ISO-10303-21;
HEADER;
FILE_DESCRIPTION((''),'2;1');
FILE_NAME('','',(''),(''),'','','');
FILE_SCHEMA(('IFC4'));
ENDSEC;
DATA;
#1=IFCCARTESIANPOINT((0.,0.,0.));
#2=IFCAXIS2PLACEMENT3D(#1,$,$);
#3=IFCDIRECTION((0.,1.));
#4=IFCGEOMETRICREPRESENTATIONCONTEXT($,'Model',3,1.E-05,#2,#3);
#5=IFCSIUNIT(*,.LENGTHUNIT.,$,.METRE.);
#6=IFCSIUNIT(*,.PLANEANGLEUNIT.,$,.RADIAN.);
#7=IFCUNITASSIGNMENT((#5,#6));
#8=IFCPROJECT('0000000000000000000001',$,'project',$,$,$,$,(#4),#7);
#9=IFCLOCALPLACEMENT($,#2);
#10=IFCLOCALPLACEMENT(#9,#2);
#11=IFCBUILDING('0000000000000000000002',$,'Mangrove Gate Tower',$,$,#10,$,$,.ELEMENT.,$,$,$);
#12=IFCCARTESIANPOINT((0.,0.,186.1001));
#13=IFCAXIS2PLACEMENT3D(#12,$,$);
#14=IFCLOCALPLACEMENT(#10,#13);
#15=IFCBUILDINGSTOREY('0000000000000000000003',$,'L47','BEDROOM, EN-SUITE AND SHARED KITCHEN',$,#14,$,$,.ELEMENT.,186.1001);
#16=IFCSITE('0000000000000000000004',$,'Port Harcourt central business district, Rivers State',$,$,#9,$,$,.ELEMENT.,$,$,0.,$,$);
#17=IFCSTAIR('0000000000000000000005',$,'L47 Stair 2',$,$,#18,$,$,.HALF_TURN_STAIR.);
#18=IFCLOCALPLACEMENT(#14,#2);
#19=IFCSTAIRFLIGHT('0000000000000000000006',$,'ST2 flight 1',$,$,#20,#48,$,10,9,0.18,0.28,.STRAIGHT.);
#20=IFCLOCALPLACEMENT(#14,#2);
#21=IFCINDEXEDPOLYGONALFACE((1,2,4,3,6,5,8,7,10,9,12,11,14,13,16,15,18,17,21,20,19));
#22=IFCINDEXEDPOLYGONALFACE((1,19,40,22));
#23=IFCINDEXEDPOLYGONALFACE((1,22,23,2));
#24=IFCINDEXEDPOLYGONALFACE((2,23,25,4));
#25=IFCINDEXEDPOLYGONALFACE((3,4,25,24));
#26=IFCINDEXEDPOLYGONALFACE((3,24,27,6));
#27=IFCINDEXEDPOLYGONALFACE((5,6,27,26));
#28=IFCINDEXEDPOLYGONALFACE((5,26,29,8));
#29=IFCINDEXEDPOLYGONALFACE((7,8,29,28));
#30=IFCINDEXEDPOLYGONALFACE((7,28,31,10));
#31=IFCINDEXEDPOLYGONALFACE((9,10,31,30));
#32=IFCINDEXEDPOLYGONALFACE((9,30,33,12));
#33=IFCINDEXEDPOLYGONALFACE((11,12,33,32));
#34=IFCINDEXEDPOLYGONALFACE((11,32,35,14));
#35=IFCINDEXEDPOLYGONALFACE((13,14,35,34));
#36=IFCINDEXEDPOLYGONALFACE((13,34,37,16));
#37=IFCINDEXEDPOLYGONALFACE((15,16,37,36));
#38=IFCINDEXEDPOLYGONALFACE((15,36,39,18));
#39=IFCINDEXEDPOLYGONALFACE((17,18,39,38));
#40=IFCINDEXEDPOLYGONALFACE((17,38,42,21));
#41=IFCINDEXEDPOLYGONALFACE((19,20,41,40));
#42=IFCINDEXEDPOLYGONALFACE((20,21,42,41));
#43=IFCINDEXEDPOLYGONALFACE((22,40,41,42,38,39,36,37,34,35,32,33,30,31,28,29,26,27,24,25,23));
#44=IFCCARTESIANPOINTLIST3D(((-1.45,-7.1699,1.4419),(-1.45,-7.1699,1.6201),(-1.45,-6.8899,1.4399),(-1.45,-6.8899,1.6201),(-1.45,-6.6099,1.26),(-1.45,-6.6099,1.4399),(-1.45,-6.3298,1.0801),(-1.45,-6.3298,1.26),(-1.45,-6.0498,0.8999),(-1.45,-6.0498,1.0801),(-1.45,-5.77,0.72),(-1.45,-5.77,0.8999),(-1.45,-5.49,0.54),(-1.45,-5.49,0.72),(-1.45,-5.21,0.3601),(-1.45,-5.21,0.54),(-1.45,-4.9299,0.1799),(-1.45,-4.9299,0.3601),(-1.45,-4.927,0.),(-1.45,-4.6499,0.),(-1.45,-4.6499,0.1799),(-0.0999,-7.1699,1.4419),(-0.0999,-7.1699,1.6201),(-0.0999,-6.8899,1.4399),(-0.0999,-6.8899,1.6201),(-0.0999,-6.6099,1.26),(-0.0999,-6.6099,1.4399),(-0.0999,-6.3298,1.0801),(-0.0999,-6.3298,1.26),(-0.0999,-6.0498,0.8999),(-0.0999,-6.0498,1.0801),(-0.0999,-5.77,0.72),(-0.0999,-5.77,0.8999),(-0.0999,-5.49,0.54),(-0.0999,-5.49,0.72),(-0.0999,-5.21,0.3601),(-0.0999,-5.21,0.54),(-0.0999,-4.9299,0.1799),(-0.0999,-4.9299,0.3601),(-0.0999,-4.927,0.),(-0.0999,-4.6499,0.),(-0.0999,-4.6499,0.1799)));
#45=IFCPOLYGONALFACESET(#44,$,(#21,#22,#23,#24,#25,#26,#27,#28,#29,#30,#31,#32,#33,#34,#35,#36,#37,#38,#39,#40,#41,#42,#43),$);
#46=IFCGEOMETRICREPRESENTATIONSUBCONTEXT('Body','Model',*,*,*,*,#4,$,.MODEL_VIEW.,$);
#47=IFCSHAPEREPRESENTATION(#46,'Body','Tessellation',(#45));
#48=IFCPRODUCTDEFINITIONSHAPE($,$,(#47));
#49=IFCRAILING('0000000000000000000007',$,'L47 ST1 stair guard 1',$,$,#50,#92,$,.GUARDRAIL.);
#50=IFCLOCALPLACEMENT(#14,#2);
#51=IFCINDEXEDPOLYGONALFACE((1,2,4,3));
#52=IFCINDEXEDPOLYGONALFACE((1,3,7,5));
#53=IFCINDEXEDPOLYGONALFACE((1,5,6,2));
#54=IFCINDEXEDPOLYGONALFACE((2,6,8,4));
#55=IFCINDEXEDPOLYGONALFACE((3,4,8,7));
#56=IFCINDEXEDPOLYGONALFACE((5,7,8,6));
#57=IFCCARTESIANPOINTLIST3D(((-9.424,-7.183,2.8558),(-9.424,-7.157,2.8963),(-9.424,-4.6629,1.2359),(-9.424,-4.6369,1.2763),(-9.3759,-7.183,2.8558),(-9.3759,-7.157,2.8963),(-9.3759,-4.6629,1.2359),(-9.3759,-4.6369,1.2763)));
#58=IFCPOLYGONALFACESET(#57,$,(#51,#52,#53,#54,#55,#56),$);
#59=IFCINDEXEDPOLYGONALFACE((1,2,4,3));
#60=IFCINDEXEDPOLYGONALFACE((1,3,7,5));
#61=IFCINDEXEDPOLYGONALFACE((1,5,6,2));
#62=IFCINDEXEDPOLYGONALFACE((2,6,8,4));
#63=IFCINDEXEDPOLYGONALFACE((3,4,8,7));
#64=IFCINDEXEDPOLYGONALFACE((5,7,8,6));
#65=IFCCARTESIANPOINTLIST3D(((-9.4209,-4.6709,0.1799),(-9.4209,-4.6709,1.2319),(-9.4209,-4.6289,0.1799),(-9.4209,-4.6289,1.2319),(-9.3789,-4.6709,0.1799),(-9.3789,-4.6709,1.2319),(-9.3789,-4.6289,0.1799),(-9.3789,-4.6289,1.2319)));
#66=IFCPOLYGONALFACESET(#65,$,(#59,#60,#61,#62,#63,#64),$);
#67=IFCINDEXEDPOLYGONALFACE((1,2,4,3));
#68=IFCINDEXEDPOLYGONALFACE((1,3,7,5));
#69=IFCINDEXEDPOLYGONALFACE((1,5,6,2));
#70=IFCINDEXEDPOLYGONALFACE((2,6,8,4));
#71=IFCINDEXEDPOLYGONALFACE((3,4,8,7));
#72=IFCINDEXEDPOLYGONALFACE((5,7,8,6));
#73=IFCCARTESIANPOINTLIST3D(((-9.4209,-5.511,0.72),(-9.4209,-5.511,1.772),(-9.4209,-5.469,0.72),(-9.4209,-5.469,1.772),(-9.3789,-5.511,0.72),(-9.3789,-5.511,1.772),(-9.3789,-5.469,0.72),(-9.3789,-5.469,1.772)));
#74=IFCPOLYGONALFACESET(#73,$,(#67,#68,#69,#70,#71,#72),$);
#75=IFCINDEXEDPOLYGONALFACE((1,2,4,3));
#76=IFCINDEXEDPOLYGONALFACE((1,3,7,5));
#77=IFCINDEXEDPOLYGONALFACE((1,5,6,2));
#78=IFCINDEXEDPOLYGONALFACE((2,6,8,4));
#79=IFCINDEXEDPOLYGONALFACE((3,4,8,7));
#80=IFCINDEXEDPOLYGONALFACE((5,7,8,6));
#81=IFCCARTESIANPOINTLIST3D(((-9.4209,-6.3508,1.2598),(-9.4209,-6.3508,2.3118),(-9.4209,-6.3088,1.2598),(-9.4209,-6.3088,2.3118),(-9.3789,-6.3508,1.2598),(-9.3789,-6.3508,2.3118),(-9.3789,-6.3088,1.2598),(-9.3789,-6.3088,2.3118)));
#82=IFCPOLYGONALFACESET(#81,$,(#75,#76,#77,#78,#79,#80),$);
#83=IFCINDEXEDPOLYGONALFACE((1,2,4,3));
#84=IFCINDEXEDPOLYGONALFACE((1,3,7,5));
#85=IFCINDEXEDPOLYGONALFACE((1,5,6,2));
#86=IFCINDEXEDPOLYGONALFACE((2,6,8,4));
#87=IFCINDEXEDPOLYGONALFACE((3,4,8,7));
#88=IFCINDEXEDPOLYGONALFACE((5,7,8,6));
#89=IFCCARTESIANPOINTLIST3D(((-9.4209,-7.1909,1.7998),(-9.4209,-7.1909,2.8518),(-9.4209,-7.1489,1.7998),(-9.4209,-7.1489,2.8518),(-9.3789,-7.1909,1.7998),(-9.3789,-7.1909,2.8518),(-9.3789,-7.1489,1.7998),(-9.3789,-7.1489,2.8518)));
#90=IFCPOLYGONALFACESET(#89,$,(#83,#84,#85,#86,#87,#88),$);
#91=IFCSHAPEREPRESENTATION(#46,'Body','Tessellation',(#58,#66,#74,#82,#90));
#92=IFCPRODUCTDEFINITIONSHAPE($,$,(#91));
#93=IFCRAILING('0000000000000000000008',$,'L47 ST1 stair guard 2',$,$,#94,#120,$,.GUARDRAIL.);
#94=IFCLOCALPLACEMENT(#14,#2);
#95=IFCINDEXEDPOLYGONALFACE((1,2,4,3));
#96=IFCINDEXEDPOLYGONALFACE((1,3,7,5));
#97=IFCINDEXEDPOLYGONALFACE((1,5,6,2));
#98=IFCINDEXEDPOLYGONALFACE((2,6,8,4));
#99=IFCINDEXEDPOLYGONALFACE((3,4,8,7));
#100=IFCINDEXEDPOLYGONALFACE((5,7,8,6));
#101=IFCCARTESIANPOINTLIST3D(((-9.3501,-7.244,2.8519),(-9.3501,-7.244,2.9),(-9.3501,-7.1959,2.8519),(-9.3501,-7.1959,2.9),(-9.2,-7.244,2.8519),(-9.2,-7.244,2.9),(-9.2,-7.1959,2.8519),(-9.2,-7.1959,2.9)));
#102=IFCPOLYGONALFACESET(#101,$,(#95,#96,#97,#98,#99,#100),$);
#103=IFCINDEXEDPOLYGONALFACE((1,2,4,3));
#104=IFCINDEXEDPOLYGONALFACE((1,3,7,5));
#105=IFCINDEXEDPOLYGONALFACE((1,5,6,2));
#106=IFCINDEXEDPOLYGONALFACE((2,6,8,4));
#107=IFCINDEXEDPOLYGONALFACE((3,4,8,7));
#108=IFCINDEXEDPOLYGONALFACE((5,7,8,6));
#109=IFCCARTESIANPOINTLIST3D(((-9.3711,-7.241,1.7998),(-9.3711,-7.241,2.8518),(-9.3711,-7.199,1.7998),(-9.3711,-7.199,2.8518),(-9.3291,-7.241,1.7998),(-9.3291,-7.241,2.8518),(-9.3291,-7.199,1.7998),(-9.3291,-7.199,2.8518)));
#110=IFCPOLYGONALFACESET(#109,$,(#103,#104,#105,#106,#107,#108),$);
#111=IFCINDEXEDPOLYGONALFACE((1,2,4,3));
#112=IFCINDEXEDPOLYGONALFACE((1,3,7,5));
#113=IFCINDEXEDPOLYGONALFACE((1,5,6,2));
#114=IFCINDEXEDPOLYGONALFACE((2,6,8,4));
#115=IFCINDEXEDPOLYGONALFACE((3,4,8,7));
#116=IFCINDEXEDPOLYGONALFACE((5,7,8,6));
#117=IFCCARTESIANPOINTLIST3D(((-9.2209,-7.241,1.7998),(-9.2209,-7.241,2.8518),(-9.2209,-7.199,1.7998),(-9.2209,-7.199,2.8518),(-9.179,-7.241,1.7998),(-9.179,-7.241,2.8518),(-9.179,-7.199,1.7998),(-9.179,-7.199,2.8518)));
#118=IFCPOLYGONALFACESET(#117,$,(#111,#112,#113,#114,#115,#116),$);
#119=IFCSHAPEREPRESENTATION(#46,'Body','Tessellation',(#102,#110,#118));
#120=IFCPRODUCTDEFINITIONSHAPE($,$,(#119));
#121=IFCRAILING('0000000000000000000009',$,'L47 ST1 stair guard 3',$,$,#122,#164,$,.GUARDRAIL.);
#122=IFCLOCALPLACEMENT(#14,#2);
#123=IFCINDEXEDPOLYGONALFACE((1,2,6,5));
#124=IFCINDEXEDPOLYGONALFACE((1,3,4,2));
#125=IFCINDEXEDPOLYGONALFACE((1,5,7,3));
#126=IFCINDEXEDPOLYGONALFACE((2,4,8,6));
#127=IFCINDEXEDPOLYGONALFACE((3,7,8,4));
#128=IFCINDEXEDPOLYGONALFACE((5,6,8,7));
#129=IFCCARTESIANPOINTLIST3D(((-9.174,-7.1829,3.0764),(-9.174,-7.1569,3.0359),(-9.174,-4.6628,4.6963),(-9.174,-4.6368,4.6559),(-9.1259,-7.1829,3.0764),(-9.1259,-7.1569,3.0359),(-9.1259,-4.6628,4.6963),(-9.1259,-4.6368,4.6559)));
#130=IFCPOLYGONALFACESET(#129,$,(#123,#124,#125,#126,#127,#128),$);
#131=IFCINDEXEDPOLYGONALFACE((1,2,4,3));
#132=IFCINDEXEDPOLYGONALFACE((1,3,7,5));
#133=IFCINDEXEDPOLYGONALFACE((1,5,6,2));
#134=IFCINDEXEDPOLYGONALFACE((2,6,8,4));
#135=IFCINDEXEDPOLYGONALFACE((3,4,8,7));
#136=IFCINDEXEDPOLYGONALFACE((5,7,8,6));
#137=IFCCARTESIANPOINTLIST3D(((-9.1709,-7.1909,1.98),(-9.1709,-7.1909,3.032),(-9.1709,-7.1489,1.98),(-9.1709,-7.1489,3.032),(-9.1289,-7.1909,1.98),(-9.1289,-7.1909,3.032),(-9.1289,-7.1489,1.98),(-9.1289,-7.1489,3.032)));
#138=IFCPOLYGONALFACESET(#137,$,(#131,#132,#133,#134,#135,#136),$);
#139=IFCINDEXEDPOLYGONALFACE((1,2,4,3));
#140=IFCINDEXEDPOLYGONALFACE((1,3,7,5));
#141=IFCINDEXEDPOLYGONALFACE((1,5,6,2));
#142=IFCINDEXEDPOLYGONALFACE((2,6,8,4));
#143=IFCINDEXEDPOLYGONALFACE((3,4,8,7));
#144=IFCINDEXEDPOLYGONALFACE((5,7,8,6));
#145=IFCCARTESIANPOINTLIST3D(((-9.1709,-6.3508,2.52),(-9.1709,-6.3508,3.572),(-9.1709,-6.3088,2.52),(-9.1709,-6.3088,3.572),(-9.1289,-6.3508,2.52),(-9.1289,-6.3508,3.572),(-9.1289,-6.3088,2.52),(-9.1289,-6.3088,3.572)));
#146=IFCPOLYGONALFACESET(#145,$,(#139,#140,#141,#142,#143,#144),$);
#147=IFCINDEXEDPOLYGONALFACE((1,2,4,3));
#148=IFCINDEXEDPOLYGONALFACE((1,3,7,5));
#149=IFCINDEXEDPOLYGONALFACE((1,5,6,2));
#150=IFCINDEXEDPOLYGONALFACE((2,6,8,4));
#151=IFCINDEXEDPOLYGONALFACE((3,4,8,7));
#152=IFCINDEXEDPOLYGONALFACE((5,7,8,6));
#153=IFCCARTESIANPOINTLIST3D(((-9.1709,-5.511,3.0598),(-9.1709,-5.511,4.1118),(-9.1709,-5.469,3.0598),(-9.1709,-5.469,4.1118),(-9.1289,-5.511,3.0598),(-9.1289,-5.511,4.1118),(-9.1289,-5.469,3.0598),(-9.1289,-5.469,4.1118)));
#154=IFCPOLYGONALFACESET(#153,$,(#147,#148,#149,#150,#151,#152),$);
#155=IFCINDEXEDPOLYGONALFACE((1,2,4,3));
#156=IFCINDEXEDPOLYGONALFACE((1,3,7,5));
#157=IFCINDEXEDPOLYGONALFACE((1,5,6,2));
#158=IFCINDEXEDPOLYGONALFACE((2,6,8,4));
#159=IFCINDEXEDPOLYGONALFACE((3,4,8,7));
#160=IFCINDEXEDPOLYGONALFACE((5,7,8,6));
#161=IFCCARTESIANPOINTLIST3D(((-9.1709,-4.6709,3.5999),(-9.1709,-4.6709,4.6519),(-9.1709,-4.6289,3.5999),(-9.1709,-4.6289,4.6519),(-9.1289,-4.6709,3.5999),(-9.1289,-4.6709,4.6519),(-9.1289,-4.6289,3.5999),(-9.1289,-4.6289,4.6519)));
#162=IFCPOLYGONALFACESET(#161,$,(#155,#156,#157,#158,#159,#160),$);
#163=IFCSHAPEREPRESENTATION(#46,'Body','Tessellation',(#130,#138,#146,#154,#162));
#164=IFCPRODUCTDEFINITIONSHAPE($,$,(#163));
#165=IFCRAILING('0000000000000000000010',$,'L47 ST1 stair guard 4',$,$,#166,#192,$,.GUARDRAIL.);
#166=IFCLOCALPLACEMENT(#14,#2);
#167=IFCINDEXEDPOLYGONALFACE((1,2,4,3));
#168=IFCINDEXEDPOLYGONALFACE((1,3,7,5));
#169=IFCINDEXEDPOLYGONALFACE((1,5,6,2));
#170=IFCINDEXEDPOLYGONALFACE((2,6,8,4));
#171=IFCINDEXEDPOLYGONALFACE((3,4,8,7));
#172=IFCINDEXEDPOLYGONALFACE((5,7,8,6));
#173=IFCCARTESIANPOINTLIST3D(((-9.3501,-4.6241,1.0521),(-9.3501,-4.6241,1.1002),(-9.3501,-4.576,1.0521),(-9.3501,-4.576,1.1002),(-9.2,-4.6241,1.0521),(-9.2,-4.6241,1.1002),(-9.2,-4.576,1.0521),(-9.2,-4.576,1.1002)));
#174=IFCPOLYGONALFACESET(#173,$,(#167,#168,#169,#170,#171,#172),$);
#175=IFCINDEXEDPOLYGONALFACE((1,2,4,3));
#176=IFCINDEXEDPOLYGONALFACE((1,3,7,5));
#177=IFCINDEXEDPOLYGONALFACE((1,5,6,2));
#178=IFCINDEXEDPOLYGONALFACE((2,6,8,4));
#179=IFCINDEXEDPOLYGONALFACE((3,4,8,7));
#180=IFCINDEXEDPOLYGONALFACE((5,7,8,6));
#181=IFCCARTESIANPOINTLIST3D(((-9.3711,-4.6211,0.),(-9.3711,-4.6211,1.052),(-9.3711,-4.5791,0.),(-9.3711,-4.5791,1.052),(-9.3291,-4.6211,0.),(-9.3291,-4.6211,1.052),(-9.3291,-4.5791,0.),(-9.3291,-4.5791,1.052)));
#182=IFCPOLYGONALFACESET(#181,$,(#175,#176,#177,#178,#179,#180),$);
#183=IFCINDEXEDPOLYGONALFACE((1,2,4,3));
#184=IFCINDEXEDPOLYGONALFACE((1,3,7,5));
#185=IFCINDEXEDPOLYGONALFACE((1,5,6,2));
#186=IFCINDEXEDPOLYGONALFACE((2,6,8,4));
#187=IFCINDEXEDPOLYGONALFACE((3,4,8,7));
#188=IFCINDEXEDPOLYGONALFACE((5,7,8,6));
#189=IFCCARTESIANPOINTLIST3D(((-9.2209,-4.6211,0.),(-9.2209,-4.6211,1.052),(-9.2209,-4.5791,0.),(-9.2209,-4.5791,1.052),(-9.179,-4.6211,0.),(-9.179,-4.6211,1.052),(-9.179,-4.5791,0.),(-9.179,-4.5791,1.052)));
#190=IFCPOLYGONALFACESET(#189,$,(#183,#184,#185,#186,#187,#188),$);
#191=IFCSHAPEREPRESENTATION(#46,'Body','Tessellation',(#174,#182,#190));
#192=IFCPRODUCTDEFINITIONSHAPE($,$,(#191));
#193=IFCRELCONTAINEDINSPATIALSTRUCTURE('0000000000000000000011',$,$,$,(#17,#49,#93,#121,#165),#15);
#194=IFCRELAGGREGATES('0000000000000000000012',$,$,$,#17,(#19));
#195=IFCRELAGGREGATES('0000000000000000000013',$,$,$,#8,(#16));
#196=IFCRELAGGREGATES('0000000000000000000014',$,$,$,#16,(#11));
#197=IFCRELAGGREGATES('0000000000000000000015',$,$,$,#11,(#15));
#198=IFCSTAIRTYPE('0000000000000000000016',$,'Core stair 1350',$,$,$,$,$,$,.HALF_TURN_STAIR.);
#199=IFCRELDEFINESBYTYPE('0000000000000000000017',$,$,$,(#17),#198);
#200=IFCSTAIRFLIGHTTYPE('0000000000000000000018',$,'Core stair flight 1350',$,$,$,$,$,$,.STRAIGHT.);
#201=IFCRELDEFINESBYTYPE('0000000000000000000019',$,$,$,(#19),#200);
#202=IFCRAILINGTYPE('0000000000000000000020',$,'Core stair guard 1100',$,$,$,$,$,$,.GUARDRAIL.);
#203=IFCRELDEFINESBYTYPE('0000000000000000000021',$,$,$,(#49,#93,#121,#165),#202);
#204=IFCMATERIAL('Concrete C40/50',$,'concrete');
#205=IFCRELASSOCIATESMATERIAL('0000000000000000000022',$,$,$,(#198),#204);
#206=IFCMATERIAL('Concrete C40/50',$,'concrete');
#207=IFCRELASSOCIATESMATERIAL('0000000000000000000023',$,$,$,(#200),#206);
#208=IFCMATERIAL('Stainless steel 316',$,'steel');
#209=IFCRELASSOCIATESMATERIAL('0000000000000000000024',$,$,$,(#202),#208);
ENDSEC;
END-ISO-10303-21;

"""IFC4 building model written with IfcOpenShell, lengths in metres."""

from ifc_helpers import new_model, si_unit, direction, frame, origin, origin_2d, place, context, subcontext, project, spatial, polyline, rectangle, outline, extrude, material, type_object, element, aggregate, save


model = new_model("IFC4")

# Units and contexts
model_context = context("Model", 3, precision=1e-05, world=origin(), true_north=direction((0.0, 1.0)))
body_context = subcontext(model_context, "Body", "Model", "MODEL_VIEW")
ifc_project = project(units=[si_unit("LENGTHUNIT", "METRE"), si_unit("PLANEANGLEUNIT", "RADIAN")], contexts=[model_context])

# Site, building, storey
site_placement = place(None, origin())
site = spatial("IfcSite", under=ifc_project, at=site_placement, Name="Port Harcourt central business district, Rivers State", CompositionType="ELEMENT", RefElevation=0.0)
building_placement = place(site_placement, origin())
building = spatial("IfcBuilding", under=site, at=building_placement, Name="Mangrove Gate Tower", CompositionType="ELEMENT")
storey_placement = place(building_placement, frame((0.0, 0.0, 186.1001)))
storey = spatial("IfcBuildingStorey", under=building, at=storey_placement, Name="L47", Description="BEDROOM, EN-SUITE AND SHARED KITCHEN", CompositionType="ELEMENT", Elevation=186.1001)

# Shared definitions
ifc_material_1 = material(Name="Concrete C40/50", Category="concrete")
stair_type = type_object("IfcStairType", Name="Core stair 1350", PredefinedType="HALF_TURN_STAIR", material=ifc_material_1)
ifc_material_2 = material(Name="Concrete C40/50", Category="concrete")
stair_flight_type = type_object("IfcStairFlightType", Name="Core stair flight 1350", PredefinedType="STRAIGHT", material=ifc_material_2)

# Stair, stair flight
stair_1_placement = place(storey_placement, origin())
stair_1 = element("IfcStair", 1, at=stair_1_placement, inside=storey, type_object=stair_type, Name="L47 Stair 2", PredefinedType="HALF_TURN_STAIR")
stair_flight_1_placement = place(storey_placement, frame((-0.7749, -4.6499, 0.0), z_axis=(0.0, 0.0, 1.0), x_axis=(0.0, -1.0, 0.0)))
stair_flight_1 = element("IfcStairFlight", 2, at=stair_flight_1_placement, type_object=stair_flight_type, Name="ST2 flight 1", NumberOfRisers=10, NumberOfTreads=9, PredefinedType="STRAIGHT", RiserHeight=0.18, TreadLength=0.28, context=body_context, shape_type="SweptSolid", body=[
    extrude(outline(polyline([(0.0, 0.0), (0.0, 0.1799), (0.28, 0.1799), (0.28, 0.3601), (0.5601, 0.3601), (0.5601, 0.54), (0.8401, 0.54), (0.8401, 0.72), (1.1201, 0.72), (1.1201, 0.8999), (1.3999, 0.8999), (1.3999, 1.0801), (1.6799, 1.0801), (1.6799, 1.26), (1.96, 1.26), (1.96, 1.4399), (2.24, 1.4399), (2.24, 1.6201), (2.52, 1.6201), (2.52, 1.8), (2.52, 1.4419), (0.2771, 0.0), (0.0, 0.0)])), frame((0.0, 0.675, 0.0), z_axis=(0.0, -1.0, 0.0), x_axis=(1.0, 0.0, 0.0)), (0.0, 0.0, 1.0), 1.3501),
])
aggregate(stair_1, [stair_flight_1])

# Railings
ifc_material_3 = material(Name="Stainless steel 316", Category="steel")
railing_type_1 = type_object("IfcRailingType", Name="Core stair guard 1100", PredefinedType="GUARDRAIL", material=ifc_material_3)
railing_1_placement = place(storey_placement, frame((-9.3999, -4.6499, 0.1799)))
element("IfcRailing", 3, at=railing_1_placement, inside=storey, type_object=railing_type_1, Name="L47 ST1 stair guard 1", PredefinedType="GUARDRAIL", context=body_context, shape_type="SweptSolid", body=[
    extrude(rectangle(XDim=0.0481, YDim=0.0481, at=origin_2d()), frame((0.0, 0.0, 1.0762), z_axis=(0.0, -0.8412, 0.540725), x_axis=(1.0, 0.0, 0.0)), (0.0, 0.0, 1.0), 2.9958),
    extrude(rectangle(XDim=0.042, YDim=0.042, at=origin_2d()), origin(), (0.0, 0.0, 1.0), 1.052),
    extrude(rectangle(XDim=0.042, YDim=0.042, at=origin_2d()), frame((0.0, -0.8401, 0.54)), (0.0, 0.0, 1.0), 1.052),
    extrude(rectangle(XDim=0.042, YDim=0.042, at=origin_2d()), frame((0.0, -1.6799, 1.0798)), (0.0, 0.0, 1.0), 1.052),
    extrude(rectangle(XDim=0.042, YDim=0.042, at=origin_2d()), frame((0.0, -2.52, 1.6199)), (0.0, 0.0, 1.0), 1.052),
])
railing_2_placement = place(storey_placement, frame((-9.3501, -7.22, 1.7998)))
element("IfcRailing", 4, at=railing_2_placement, inside=storey, type_object=railing_type_1, Name="L47 ST1 stair guard 2", PredefinedType="GUARDRAIL", context=body_context, shape_type="SweptSolid", body=[
    extrude(rectangle(XDim=0.0481, YDim=0.0481, at=origin_2d()), frame((0.0, 0.0, 1.0762), z_axis=(1.0, 0.0, 0.0), x_axis=(0.0, 1.0, 0.0)), (0.0, 0.0, 1.0), 0.1501),
    extrude(rectangle(XDim=0.042, YDim=0.042, at=origin_2d()), origin(), (0.0, 0.0, 1.0), 1.052),
    extrude(rectangle(XDim=0.042, YDim=0.042, at=origin_2d()), frame((0.1501, 0.0, 0.0)), (0.0, 0.0, 1.0), 1.052),
])
railing_3_placement = place(storey_placement, frame((-9.1499, -7.1699, 1.98)))
element("IfcRailing", 5, at=railing_3_placement, inside=storey, type_object=railing_type_1, Name="L47 ST1 stair guard 3", PredefinedType="GUARDRAIL", context=body_context, shape_type="SweptSolid", body=[
    extrude(rectangle(XDim=0.0481, YDim=0.0481, at=origin_2d()), frame((0.0, 0.0, 1.0762), z_axis=(0.0, 0.8412, 0.540725), x_axis=(-1.0, 0.0, 0.0)), (0.0, 0.0, 1.0), 2.9958),
    extrude(rectangle(XDim=0.042, YDim=0.042, at=origin_2d()), origin(), (0.0, 0.0, 1.0), 1.052),
    extrude(rectangle(XDim=0.042, YDim=0.042, at=origin_2d()), frame((0.0, 0.8401, 0.54)), (0.0, 0.0, 1.0), 1.052),
    extrude(rectangle(XDim=0.042, YDim=0.042, at=origin_2d()), frame((0.0, 1.6799, 1.0798)), (0.0, 0.0, 1.0), 1.052),
    extrude(rectangle(XDim=0.042, YDim=0.042, at=origin_2d()), frame((0.0, 2.52, 1.6199)), (0.0, 0.0, 1.0), 1.052),
])
railing_4_placement = place(storey_placement, frame((-9.3501, -4.6001, 0.0)))
element("IfcRailing", 6, at=railing_4_placement, inside=storey, type_object=railing_type_1, Name="L47 ST1 stair guard 4", PredefinedType="GUARDRAIL", context=body_context, shape_type="SweptSolid", body=[
    extrude(rectangle(XDim=0.0481, YDim=0.0481, at=origin_2d()), frame((0.0, 0.0, 1.0762), z_axis=(1.0, 0.0, 0.0), x_axis=(0.0, 1.0, 0.0)), (0.0, 0.0, 1.0), 0.1501),
    extrude(rectangle(XDim=0.042, YDim=0.042, at=origin_2d()), origin(), (0.0, 0.0, 1.0), 1.052),
    extrude(rectangle(XDim=0.042, YDim=0.042, at=origin_2d()), frame((0.1501, 0.0, 0.0)), (0.0, 0.0, 1.0), 1.052),
])

save(model, "model.ifc")
